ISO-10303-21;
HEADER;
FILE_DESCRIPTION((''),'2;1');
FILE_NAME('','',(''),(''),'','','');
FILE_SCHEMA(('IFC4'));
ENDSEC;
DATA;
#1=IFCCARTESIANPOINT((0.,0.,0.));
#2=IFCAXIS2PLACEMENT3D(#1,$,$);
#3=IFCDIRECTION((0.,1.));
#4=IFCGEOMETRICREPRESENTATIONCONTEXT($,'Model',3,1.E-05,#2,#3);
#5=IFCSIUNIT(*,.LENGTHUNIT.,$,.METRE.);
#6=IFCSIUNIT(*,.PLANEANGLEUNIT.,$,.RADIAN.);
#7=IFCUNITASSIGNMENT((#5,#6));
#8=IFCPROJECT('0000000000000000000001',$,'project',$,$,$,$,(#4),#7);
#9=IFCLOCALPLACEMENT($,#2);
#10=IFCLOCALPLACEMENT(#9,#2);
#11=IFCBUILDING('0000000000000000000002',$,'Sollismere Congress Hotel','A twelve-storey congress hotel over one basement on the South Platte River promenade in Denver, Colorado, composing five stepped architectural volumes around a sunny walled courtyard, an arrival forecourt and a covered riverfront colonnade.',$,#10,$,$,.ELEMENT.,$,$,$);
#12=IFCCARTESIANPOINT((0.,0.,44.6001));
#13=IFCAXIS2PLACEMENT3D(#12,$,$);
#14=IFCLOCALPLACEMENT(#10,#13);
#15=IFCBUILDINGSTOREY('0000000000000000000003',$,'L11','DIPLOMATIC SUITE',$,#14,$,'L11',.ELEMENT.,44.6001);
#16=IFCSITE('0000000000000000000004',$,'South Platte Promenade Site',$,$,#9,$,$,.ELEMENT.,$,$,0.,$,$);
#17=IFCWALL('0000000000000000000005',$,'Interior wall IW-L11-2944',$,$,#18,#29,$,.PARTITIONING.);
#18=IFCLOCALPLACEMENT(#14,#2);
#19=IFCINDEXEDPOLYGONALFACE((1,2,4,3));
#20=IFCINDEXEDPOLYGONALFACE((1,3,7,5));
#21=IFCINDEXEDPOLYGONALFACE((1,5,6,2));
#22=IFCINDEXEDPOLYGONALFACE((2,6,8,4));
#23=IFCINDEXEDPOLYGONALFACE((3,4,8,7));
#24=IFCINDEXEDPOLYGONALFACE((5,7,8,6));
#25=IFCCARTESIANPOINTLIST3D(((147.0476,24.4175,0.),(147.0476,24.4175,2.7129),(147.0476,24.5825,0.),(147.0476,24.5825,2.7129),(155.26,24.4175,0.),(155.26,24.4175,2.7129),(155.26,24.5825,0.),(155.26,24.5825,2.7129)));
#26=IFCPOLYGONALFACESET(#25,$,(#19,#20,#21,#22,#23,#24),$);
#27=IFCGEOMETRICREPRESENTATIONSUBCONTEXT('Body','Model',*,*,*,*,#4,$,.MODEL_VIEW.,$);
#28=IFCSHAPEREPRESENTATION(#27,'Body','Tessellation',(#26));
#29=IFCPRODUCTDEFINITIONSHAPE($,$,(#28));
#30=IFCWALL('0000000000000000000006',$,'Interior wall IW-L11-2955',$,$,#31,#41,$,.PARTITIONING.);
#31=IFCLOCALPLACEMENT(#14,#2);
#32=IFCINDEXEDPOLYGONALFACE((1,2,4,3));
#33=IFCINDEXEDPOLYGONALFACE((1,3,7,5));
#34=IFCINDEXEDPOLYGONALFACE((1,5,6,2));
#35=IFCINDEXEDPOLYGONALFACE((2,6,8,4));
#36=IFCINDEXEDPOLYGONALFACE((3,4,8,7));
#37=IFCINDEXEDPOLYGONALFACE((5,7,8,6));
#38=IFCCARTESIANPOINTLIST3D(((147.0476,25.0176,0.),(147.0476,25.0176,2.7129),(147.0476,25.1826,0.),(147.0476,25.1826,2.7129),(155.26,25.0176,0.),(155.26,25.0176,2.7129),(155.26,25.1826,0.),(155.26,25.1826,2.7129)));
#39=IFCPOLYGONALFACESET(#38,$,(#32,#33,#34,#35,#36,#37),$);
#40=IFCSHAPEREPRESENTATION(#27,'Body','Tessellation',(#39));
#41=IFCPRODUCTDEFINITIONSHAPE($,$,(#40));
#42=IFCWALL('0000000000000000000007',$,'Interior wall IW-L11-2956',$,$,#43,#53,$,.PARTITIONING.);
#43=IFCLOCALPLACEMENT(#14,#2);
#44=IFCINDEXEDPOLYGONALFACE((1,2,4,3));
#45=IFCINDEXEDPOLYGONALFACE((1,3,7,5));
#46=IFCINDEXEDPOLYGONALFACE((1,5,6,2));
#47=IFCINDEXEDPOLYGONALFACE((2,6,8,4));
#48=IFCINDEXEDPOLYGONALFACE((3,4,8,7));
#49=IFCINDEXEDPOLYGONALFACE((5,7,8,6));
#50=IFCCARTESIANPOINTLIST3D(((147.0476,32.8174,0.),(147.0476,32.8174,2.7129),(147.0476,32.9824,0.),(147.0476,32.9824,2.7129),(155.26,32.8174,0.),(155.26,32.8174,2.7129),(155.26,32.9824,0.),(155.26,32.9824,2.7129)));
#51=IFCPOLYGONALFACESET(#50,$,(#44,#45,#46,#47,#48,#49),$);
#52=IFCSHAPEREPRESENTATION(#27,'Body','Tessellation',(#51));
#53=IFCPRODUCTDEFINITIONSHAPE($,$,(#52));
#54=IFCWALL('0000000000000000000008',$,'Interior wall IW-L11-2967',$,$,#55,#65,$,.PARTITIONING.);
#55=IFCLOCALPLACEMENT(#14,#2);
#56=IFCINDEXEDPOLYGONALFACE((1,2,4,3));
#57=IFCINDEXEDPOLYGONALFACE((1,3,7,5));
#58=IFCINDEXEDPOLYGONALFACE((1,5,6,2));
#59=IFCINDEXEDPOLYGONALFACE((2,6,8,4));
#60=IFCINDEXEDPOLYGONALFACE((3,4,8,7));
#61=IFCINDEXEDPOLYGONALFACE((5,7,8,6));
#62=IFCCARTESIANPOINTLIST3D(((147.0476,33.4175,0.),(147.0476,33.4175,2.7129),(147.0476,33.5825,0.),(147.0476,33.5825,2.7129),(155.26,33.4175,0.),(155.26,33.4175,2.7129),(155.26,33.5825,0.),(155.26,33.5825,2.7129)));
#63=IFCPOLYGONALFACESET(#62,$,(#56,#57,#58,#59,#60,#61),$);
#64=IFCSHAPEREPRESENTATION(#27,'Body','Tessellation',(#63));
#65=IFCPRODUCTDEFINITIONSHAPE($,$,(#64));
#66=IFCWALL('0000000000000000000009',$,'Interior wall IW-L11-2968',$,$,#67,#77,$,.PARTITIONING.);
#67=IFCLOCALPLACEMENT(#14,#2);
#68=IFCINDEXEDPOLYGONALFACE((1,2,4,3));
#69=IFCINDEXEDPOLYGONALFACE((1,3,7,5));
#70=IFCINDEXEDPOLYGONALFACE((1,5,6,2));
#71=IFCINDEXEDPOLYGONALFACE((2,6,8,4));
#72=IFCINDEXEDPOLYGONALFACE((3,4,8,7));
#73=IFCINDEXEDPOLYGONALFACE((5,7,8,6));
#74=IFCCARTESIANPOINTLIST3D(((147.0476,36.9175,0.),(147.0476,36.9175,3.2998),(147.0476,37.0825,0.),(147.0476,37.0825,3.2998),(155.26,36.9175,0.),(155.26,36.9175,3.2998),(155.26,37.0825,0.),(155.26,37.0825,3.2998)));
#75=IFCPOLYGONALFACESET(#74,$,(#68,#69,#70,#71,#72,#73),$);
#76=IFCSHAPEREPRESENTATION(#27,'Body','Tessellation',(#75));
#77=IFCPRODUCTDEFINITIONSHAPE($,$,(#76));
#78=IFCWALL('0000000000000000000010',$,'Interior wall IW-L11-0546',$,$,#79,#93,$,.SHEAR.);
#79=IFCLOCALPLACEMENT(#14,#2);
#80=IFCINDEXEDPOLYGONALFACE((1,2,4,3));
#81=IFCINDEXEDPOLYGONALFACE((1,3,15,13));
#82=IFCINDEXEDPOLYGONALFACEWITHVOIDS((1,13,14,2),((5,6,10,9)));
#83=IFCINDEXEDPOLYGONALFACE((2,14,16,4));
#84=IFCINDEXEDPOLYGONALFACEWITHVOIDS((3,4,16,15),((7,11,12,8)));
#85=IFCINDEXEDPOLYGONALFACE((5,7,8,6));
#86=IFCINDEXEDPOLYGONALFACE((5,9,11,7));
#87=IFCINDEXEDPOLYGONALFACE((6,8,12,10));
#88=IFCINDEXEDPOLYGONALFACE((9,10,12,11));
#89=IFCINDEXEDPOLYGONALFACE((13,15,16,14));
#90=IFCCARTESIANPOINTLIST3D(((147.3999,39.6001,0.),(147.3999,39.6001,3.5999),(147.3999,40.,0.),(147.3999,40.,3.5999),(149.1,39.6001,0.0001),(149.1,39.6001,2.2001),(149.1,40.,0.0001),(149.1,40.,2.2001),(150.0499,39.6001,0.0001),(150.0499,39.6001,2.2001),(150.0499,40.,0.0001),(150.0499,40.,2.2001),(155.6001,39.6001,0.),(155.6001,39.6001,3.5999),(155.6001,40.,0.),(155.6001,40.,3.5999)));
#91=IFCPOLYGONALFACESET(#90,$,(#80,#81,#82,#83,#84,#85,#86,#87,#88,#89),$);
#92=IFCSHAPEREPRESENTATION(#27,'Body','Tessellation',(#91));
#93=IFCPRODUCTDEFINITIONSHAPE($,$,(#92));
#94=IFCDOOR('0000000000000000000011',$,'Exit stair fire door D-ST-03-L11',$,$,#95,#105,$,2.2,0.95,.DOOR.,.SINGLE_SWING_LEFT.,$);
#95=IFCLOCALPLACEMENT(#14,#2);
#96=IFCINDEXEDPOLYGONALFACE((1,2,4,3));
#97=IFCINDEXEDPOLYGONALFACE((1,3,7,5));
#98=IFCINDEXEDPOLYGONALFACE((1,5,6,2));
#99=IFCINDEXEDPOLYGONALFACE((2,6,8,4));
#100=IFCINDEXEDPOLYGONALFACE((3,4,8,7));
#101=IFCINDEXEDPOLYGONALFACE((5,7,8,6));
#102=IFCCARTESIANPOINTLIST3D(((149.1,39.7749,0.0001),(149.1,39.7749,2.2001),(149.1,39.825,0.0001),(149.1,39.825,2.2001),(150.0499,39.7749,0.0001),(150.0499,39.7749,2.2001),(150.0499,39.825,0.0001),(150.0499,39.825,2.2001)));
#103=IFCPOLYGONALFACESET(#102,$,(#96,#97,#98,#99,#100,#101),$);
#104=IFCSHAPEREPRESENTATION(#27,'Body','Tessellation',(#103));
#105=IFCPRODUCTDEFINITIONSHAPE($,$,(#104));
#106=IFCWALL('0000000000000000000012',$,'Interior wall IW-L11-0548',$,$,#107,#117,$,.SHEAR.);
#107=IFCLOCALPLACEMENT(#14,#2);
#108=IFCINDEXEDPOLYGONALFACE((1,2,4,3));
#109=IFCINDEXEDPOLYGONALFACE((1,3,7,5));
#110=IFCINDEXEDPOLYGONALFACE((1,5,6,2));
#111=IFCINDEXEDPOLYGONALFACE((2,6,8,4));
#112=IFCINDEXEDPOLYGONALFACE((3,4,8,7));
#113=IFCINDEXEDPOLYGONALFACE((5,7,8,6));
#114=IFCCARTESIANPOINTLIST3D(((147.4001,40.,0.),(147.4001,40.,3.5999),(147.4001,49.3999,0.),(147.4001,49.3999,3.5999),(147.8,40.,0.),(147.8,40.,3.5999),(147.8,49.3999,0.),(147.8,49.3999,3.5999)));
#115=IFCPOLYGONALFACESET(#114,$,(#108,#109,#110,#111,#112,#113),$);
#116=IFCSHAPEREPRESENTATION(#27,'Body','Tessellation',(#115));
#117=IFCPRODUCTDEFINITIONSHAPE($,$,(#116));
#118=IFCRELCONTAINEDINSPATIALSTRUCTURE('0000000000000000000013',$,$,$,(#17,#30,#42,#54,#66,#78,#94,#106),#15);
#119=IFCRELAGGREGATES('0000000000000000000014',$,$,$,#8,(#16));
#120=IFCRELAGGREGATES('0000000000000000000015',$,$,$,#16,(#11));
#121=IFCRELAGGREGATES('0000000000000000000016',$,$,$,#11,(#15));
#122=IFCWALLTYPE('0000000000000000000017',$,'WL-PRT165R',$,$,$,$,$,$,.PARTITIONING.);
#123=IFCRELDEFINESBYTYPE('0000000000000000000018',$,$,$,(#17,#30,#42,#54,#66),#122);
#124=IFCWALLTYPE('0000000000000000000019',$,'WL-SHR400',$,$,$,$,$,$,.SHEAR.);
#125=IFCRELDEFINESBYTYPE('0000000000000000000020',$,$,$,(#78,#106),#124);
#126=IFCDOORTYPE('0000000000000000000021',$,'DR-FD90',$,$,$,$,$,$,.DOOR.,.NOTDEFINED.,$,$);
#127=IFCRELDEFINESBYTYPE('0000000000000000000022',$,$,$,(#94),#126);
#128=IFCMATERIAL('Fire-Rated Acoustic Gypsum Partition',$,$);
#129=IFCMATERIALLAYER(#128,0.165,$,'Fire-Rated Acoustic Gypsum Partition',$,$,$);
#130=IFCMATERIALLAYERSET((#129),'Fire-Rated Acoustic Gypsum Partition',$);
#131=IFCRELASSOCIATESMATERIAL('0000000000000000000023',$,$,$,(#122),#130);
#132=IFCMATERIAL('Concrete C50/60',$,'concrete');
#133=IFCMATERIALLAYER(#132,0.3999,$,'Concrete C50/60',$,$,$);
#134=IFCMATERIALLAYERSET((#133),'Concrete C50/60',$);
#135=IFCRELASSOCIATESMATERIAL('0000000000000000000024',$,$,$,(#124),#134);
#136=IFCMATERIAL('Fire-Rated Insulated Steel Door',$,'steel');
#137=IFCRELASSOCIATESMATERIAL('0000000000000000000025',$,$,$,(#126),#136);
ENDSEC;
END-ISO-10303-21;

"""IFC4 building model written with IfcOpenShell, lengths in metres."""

from ifc_helpers import new_model, si_unit, direction, frame, frame_2d, origin, place, context, subcontext, project, spatial, rectangle, extrude, material, layer, layer_set, type_object, element, fill, save


model = new_model("IFC4")

# Units and contexts
model_context = context("Model", 3, precision=1e-05, world=origin(), true_north=direction((0.0, 1.0)))
body_context = subcontext(model_context, "Body", "Model", "MODEL_VIEW")
ifc_project = project(units=[si_unit("LENGTHUNIT", "METRE"), si_unit("PLANEANGLEUNIT", "RADIAN")], contexts=[model_context])

# Site, building, storey
site_placement = place(None, origin())
site = spatial("IfcSite", under=ifc_project, at=site_placement, Name="South Platte Promenade Site", CompositionType="ELEMENT", RefElevation=0.0)
building_placement = place(site_placement, origin())
building = spatial("IfcBuilding", under=site, at=building_placement, Name="Sollismere Congress Hotel", Description="A twelve-storey congress hotel over one basement on the South Platte River promenade in Denver, Colorado, composing five stepped architectural volumes around a sunny walled courtyard, an arrival forecourt and a covered riverfront colonnade.", CompositionType="ELEMENT")
storey_placement = place(building_placement, frame((0.0, 0.0, 44.6001)))
storey = spatial("IfcBuildingStorey", under=building, at=storey_placement, Name="L11", Description="DIPLOMATIC SUITE", LongName="L11", CompositionType="ELEMENT", Elevation=44.6001)

# Walls
ifc_material_1 = material(Name="Fire-Rated Acoustic Gypsum Partition")
ifc_layer_1 = layer(ifc_material_1, 0.165, Name="Fire-Rated Acoustic Gypsum Partition")
ifc_layer_set_1 = layer_set([ifc_layer_1], Name="Fire-Rated Acoustic Gypsum Partition")
wall_type_1 = type_object("IfcWallType", Name="WL-PRT165R", PredefinedType="PARTITIONING", material=ifc_layer_set_1)
for number, where, z_axis, x_axis, name in (
    (1, (147.0476, 24.5, 0.0), (0.0, 0.0, 1.0), (1.0, 0.0, 0.0), "Interior wall IW-L11-2944"),
    (2, (147.0476, 25.1001, 0.0), (0.0, 0.0, 1.0), (1.0, 0.0, 0.0), "Interior wall IW-L11-2955"),
    (3, (147.0476, 32.8999, 0.0), (0.0, 0.0, 1.0), (1.0, 0.0, 0.0), "Interior wall IW-L11-2956"),
    (4, (147.0476, 33.5, 0.0), (0.0, 0.0, 1.0), (1.0, 0.0, 0.0), "Interior wall IW-L11-2967"),
):
    element("IfcWall", number, at=place(storey_placement, frame(where, z_axis=z_axis, x_axis=x_axis)), inside=storey, type_object=wall_type_1, Name=name, PredefinedType="PARTITIONING", context=body_context, shape_type="SweptSolid", body=[
        extrude(rectangle(XDim=8.2124, YDim=0.165, at=frame_2d((4.1062, 0.0))), origin(), (0.0, 0.0, 1.0), 2.7129),
    ])
wall_1_placement = place(storey_placement, frame((147.0476, 37.0, 0.0), z_axis=(0.0, 0.0, 1.0), x_axis=(1.0, 0.0, 0.0)))
element("IfcWall", 5, at=wall_1_placement, inside=storey, type_object=wall_type_1, Name="Interior wall IW-L11-2968", PredefinedType="PARTITIONING", context=body_context, shape_type="SweptSolid", body=[
    extrude(rectangle(XDim=8.2124, YDim=0.165, at=frame_2d((4.1062, 0.0))), origin(), (0.0, 0.0, 1.0), 3.2998),
])

# Wall, opening, door
ifc_material_2 = material(Name="Concrete C50/60", Category="concrete")
ifc_layer_2 = layer(ifc_material_2, 0.3999, Name="Concrete C50/60")
ifc_layer_set_2 = layer_set([ifc_layer_2], Name="Concrete C50/60")
wall_type_2 = type_object("IfcWallType", Name="WL-SHR400", PredefinedType="SHEAR", material=ifc_layer_set_2)
wall_2_placement = place(storey_placement, frame((147.3999, 39.8, 0.0), z_axis=(0.0, 0.0, 1.0), x_axis=(1.0, 0.0, 0.0)))
wall_2 = element("IfcWall", 6, at=wall_2_placement, inside=storey, type_object=wall_type_2, Name="Interior wall IW-L11-0546", PredefinedType="SHEAR", context=body_context, shape_type="SweptSolid", body=[
    extrude(rectangle(XDim=8.2002, YDim=0.3999, at=frame_2d((4.1001, 0.0))), origin(), (0.0, 0.0, 1.0), 3.5999),
])
opening_1_placement = place(wall_2_placement, frame((1.7, 0.0, 0.0)))
opening_1 = element("IfcOpeningElement", 7, at=opening_1_placement, cuts=wall_2, PredefinedType="OPENING", context=body_context, shape_type="SweptSolid", body=[
    extrude(rectangle(XDim=0.95, YDim=2.2, at=frame_2d((0.4751, 1.1001))), frame((0.0, 0.21, 0.0), z_axis=(0.0, -1.0, 0.0), x_axis=(1.0, 0.0, 0.0)), (0.0, 0.0, 1.0), 0.4199),
])
ifc_material_3 = material(Name="Fire-Rated Insulated Steel Door", Category="steel")
door_type = type_object("IfcDoorType", Name="DR-FD90", OperationType="NOTDEFINED", PredefinedType="DOOR", material=ifc_material_3)
door_placement = place(opening_1_placement, origin())
door = element("IfcDoor", 8, at=door_placement, inside=storey, type_object=door_type, Name="Exit stair fire door D-ST-03-L11", OperationType="SINGLE_SWING_LEFT", OverallHeight=2.2, OverallWidth=0.95, PredefinedType="DOOR", context=body_context, shape_type="SweptSolid", body=[
    extrude(rectangle(XDim=0.95, YDim=2.2, at=frame_2d((0.4751, 1.1001))), frame((0.0, 0.0249, 0.0), z_axis=(0.0, -1.0, 0.0), x_axis=(1.0, 0.0, 0.0)), (0.0, 0.0, 1.0), 0.05),
])
fill(opening_1, door)

# Wall
wall_3_placement = place(storey_placement, frame((147.6001, 49.3999, 0.0), z_axis=(0.0, 0.0, 1.0), x_axis=(0.0, -1.0, 0.0)))
element("IfcWall", 9, at=wall_3_placement, inside=storey, type_object=wall_type_2, Name="Interior wall IW-L11-0548", PredefinedType="SHEAR", context=body_context, shape_type="SweptSolid", body=[
    extrude(rectangle(XDim=9.3999, YDim=0.3999, at=frame_2d((4.7, 0.0))), origin(), (0.0, 0.0, 1.0), 3.5999),
])

save(model, "model.ifc")
